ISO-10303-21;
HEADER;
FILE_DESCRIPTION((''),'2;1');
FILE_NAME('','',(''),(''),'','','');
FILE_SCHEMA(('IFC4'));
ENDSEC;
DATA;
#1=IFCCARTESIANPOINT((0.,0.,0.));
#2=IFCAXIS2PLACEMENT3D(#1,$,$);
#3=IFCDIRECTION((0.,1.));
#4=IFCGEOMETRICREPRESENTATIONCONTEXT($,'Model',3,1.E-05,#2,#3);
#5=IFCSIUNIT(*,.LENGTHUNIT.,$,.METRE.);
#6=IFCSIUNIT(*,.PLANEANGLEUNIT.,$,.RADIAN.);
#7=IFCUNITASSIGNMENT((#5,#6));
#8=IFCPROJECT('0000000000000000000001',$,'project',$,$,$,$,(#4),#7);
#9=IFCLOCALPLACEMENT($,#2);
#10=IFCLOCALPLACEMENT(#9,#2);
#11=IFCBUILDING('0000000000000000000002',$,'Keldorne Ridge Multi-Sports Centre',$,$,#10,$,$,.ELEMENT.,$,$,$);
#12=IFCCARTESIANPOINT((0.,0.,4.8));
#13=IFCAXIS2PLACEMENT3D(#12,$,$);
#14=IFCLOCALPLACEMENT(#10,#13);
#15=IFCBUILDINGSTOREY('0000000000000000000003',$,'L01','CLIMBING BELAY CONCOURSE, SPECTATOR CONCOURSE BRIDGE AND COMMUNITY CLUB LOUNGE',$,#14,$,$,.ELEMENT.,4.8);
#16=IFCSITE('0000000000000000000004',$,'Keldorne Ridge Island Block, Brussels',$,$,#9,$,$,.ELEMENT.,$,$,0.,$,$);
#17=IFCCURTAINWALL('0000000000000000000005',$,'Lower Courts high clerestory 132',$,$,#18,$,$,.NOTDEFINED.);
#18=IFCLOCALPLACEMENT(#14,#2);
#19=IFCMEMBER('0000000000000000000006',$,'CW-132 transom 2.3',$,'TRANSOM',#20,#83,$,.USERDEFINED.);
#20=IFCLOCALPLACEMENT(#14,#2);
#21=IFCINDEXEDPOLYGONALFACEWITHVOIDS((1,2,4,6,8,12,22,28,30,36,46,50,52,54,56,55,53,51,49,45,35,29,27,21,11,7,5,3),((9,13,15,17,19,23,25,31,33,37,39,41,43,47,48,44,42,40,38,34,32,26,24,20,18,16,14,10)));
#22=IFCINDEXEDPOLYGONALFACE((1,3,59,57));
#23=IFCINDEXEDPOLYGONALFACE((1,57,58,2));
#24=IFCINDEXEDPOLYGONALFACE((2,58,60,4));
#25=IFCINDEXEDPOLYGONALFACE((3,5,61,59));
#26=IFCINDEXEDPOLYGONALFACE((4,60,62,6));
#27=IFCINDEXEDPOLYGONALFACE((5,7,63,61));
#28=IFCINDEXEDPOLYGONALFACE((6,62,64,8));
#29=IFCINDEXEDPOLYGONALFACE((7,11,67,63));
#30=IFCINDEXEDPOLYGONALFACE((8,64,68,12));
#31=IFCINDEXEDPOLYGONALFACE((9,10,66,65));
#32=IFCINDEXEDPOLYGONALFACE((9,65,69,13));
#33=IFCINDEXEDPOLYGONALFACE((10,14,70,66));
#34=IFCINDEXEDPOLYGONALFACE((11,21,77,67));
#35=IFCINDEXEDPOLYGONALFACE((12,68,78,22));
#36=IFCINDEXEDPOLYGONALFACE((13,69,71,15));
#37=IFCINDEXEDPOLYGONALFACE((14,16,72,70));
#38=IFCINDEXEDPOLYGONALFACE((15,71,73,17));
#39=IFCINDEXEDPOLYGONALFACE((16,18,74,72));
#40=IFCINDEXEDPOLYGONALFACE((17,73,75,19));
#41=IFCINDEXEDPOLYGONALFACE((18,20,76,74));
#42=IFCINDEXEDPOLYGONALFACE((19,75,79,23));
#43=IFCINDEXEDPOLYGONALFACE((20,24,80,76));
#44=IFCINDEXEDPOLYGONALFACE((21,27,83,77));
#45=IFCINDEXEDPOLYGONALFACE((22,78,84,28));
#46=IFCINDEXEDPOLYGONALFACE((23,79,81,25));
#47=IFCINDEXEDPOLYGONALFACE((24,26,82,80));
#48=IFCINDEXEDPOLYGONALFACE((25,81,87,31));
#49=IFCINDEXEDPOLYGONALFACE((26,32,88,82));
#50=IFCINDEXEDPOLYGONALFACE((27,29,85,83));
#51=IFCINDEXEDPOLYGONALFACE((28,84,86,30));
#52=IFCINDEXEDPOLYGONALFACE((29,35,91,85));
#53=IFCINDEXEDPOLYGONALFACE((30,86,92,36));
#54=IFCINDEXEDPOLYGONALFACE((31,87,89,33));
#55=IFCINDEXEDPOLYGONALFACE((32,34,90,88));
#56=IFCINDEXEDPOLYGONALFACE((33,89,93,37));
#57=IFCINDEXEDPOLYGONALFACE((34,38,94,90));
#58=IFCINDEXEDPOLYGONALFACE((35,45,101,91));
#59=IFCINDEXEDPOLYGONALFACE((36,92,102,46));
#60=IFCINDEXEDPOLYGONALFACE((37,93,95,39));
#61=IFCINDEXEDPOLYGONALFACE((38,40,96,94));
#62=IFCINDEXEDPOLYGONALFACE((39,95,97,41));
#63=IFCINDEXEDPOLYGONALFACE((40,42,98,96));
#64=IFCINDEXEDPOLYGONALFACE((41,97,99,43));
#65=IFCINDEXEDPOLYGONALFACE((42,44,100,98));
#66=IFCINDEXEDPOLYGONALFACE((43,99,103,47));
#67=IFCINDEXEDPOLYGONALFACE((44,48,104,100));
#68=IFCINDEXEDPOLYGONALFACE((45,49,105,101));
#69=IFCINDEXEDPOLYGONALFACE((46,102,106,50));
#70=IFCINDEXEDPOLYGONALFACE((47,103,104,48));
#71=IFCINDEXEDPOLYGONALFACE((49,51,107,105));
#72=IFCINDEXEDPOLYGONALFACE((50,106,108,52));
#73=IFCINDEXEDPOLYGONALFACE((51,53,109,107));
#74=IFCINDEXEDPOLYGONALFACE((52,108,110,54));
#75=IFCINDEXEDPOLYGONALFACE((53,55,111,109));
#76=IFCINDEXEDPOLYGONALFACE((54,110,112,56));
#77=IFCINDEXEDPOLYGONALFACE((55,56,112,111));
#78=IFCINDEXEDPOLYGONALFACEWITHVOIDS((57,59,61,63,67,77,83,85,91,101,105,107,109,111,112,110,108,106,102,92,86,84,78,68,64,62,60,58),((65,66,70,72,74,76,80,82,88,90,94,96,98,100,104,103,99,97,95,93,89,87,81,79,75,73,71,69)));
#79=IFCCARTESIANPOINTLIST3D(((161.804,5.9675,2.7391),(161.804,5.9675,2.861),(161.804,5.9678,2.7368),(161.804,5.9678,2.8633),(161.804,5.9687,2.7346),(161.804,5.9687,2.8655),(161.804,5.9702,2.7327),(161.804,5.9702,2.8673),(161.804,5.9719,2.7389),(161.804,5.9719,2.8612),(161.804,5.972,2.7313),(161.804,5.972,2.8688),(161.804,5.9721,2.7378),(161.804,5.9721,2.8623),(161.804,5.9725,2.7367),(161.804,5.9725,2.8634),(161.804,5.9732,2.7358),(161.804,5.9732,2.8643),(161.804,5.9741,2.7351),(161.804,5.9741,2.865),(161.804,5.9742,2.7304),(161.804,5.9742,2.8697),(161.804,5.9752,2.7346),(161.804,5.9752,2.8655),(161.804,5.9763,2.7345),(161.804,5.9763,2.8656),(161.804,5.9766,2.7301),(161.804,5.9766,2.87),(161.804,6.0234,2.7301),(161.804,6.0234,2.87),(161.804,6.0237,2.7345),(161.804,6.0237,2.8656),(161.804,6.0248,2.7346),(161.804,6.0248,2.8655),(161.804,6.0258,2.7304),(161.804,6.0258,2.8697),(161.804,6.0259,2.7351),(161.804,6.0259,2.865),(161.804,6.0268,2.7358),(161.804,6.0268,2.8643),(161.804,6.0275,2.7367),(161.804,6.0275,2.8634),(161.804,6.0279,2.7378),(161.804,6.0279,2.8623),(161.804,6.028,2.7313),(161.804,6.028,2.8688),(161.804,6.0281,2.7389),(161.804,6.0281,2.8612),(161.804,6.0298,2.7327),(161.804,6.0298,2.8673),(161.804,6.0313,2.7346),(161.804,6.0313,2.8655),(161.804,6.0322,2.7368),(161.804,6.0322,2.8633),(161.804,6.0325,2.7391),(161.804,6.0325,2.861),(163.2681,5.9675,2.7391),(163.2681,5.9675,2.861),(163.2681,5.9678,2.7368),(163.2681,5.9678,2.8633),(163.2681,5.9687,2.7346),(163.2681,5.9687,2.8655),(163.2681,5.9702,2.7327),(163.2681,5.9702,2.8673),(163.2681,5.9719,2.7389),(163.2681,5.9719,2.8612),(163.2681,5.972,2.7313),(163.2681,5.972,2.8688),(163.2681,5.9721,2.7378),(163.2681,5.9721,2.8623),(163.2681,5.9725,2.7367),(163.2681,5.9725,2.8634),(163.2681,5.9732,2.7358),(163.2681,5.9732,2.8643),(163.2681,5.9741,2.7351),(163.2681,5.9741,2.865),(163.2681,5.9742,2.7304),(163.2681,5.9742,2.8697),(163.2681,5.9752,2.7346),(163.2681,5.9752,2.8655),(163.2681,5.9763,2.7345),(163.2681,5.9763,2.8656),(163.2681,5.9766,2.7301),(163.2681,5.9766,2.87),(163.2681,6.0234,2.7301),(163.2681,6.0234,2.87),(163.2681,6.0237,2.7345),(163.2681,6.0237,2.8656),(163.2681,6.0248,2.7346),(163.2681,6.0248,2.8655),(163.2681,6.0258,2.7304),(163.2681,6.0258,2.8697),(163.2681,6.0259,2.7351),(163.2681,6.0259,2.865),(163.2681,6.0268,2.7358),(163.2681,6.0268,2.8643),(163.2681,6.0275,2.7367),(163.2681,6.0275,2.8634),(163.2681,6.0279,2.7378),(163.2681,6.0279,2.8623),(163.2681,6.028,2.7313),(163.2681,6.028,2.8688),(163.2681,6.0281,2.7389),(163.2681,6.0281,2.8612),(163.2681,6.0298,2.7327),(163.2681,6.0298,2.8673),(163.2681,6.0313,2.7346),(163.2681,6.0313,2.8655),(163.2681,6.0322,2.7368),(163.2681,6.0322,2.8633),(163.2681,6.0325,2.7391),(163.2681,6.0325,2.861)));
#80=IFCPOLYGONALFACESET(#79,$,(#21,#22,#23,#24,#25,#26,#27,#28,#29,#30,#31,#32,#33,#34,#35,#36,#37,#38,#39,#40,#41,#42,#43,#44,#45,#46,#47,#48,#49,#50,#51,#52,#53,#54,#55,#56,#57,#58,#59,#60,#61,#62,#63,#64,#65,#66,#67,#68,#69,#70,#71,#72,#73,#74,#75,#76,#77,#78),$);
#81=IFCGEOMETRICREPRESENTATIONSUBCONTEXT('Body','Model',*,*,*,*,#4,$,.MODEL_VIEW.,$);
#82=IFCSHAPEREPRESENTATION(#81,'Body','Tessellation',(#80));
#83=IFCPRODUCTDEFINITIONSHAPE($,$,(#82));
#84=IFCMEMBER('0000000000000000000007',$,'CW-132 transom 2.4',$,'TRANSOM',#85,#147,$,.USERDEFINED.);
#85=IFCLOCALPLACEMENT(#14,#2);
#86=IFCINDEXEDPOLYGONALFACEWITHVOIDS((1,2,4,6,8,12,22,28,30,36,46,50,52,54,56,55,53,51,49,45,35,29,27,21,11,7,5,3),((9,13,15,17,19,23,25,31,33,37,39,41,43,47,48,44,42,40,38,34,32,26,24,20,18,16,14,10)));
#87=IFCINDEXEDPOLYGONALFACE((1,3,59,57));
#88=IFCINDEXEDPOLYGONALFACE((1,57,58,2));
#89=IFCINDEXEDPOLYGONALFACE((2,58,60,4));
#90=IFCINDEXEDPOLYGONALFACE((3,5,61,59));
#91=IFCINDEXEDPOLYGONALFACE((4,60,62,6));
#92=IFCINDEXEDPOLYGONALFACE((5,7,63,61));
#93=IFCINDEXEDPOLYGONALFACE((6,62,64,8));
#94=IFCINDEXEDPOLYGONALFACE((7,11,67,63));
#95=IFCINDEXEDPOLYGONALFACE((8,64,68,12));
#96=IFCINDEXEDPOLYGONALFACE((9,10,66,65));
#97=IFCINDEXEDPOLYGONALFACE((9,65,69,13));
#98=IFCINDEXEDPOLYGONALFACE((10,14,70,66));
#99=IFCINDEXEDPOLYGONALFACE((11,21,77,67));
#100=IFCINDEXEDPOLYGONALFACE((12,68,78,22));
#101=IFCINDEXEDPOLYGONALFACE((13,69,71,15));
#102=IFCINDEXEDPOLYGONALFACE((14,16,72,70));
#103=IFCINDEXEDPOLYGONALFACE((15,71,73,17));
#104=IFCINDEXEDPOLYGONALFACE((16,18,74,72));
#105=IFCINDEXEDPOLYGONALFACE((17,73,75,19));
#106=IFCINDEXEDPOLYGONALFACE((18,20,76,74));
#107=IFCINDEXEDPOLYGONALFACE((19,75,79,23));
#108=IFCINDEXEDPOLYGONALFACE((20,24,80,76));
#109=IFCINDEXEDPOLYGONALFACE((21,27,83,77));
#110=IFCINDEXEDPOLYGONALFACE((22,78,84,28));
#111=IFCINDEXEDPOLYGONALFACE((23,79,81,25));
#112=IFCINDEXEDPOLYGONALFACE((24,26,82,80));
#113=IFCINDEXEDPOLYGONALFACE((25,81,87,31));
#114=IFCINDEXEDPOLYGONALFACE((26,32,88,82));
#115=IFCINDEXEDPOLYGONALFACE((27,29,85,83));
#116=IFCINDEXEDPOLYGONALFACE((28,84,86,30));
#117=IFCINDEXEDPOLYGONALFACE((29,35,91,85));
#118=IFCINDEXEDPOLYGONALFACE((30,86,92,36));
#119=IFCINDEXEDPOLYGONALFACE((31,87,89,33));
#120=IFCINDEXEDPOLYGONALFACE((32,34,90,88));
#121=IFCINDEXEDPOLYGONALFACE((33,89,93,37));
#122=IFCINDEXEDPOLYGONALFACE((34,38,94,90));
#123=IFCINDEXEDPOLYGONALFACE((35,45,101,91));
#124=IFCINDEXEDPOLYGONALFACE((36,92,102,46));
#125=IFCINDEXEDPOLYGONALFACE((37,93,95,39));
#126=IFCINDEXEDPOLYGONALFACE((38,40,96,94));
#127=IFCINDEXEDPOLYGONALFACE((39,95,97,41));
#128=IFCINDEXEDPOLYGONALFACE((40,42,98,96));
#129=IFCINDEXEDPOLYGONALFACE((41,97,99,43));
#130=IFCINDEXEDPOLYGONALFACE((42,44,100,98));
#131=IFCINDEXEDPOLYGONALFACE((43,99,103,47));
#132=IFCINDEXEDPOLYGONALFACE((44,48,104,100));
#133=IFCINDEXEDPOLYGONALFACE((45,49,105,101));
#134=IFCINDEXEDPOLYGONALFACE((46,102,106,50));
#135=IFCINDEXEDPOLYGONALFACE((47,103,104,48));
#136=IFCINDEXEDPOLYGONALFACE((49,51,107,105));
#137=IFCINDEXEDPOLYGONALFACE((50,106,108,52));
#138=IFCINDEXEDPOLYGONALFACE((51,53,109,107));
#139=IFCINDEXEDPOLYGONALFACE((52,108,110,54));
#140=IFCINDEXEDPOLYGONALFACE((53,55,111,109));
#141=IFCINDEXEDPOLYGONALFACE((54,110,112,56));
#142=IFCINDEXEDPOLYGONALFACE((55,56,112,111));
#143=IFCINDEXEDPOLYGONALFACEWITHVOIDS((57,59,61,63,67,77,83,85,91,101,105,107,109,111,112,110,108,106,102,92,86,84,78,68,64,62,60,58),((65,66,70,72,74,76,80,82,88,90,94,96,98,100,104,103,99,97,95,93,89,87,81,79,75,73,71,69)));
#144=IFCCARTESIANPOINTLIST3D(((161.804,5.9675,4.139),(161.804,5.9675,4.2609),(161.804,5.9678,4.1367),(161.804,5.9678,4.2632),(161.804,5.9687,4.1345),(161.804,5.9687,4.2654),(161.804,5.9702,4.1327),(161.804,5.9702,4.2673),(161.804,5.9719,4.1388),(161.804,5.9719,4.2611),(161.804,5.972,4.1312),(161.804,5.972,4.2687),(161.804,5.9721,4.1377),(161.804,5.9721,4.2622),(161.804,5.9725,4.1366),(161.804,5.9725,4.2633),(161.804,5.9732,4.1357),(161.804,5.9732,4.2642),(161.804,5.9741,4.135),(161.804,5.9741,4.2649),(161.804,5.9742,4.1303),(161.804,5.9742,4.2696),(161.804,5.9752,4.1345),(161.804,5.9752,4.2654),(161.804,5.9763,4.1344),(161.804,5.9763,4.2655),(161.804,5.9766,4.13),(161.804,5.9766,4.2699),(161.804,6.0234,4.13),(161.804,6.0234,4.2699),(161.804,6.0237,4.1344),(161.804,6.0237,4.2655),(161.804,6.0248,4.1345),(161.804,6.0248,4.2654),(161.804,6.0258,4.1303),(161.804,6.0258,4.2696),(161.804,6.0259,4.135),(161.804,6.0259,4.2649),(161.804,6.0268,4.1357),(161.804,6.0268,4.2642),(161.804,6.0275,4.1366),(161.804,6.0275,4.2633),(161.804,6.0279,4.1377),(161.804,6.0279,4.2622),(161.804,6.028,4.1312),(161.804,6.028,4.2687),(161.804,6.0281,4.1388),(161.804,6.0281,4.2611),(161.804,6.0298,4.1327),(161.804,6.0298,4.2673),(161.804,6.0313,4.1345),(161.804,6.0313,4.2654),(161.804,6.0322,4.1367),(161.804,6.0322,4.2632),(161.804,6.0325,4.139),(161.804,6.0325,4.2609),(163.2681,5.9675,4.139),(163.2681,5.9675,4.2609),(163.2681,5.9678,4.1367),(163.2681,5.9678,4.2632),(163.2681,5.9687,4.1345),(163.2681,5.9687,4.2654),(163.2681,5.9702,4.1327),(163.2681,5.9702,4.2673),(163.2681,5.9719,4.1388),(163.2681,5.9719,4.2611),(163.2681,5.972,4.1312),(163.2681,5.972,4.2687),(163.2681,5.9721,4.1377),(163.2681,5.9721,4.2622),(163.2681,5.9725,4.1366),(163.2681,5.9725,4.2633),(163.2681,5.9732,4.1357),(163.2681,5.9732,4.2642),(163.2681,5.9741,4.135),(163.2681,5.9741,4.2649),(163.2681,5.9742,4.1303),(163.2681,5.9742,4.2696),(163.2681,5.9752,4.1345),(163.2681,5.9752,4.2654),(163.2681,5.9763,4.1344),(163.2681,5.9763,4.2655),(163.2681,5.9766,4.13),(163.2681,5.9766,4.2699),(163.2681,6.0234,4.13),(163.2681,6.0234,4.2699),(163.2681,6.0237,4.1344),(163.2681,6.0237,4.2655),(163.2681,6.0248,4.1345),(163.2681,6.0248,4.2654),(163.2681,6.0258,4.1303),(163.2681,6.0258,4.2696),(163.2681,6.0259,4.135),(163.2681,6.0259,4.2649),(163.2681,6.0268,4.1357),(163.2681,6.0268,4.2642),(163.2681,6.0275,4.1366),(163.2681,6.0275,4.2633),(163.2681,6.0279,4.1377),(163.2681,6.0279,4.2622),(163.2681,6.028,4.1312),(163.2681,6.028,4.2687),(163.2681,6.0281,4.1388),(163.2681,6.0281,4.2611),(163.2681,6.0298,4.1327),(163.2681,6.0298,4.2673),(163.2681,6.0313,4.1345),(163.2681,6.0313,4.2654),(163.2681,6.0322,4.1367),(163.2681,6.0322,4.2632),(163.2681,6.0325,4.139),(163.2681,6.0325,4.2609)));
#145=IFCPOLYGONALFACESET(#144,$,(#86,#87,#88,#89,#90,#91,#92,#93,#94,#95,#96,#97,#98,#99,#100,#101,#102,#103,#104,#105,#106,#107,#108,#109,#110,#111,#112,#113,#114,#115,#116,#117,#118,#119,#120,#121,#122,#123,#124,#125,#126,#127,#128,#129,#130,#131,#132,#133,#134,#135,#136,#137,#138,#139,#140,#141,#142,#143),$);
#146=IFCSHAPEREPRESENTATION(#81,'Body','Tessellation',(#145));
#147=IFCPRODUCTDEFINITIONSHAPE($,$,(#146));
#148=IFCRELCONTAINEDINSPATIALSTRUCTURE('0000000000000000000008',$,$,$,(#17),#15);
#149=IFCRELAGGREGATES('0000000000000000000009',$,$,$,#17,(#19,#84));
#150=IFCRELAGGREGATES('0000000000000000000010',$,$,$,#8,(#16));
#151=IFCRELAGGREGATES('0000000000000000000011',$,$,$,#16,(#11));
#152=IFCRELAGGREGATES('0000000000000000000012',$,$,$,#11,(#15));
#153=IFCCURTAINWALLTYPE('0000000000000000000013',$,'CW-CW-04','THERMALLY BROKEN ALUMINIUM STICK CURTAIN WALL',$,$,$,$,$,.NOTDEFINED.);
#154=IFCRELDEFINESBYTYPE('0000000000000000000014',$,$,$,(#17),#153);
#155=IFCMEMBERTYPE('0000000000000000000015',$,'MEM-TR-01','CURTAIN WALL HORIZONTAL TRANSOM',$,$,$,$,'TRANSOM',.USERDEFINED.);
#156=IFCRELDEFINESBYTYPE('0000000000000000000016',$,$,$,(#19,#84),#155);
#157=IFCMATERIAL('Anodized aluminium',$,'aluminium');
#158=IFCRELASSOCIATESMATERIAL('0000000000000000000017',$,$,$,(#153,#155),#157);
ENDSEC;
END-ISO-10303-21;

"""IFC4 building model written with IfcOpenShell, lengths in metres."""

from ifc_helpers import new_model, si_unit, direction, frame, origin, origin_2d, place, context, subcontext, project, spatial, hollow_rectangle, extrude, material, material_profile, profile_set, type_object, element, aggregate, save


model = new_model("IFC4")

# Units and contexts
model_context = context("Model", 3, precision=1e-05, world=origin(), true_north=direction((0.0, 1.0)))
body_context = subcontext(model_context, "Body", "Model", "MODEL_VIEW")
ifc_project = project(units=[si_unit("LENGTHUNIT", "METRE"), si_unit("PLANEANGLEUNIT", "RADIAN")], contexts=[model_context])

# Site, building, storey
site_placement = place(None, origin())
site = spatial("IfcSite", under=ifc_project, at=site_placement, Name="Keldorne Ridge Island Block, Brussels", CompositionType="ELEMENT", RefElevation=0.0)
building_placement = place(site_placement, origin())
building = spatial("IfcBuilding", under=site, at=building_placement, Name="Keldorne Ridge Multi-Sports Centre", CompositionType="ELEMENT")
storey_placement = place(building_placement, frame((0.0, 0.0, 4.8)))
storey = spatial("IfcBuildingStorey", under=building, at=storey_placement, Name="L01", Description="CLIMBING BELAY CONCOURSE, SPECTATOR CONCOURSE BRIDGE AND COMMUNITY CLUB LOUNGE", CompositionType="ELEMENT", Elevation=4.8)

# Curtain wall, members
ifc_material_1 = material(Name="Anodized aluminium", Category="aluminium")
curtain_wall_type = type_object("IfcCurtainWallType", Name="CW-CW-04", Description="THERMALLY BROKEN ALUMINIUM STICK CURTAIN WALL", PredefinedType="NOTDEFINED", material=ifc_material_1)
curtain_wall_placement = place(storey_placement, origin())
curtain_wall = element("IfcCurtainWall", 1, at=curtain_wall_placement, inside=storey, type_object=curtain_wall_type, Name="Lower Courts high clerestory 132", PredefinedType="NOTDEFINED")
ifc_material_profile_1 = material_profile(ifc_material_1, hollow_rectangle(XDim=0.0649, YDim=0.1399, WallThickness=0.0044, InnerFilletRadius=0.0044, OuterFilletRadius=0.009, at=origin_2d()), Name="ALU TRANSOM 140x65x4.5")
ifc_profile_set_1 = profile_set([ifc_material_profile_1], Name="Anodized aluminium")
member_type_1 = type_object("IfcMemberType", Name="MEM-TR-01", Description="CURTAIN WALL HORIZONTAL TRANSOM", ElementType="TRANSOM", PredefinedType="USERDEFINED", material=ifc_profile_set_1)
member_1_placement = place(storey_placement, frame((161.804, 6.0, 2.8), z_axis=(1.0, 0.0, 0.0), x_axis=(0.0, 1.0, 0.0)))
member_1 = element("IfcMember", 2, at=member_1_placement, type_object=member_type_1, Name="CW-132 transom 2.3", ObjectType="TRANSOM", PredefinedType="USERDEFINED", context=body_context, shape_type="SweptSolid", body=[
    extrude(hollow_rectangle(XDim=0.0649, YDim=0.1399, WallThickness=0.0044, InnerFilletRadius=0.0044, OuterFilletRadius=0.009, at=origin_2d()), origin(), (0.0, 0.0, 1.0), 1.4641),
])
member_2_placement = place(storey_placement, frame((161.804, 6.0, 4.2), z_axis=(1.0, 0.0, 0.0), x_axis=(0.0, 1.0, 0.0)))
member_2 = element("IfcMember", 3, at=member_2_placement, type_object=member_type_1, Name="CW-132 transom 2.4", ObjectType="TRANSOM", PredefinedType="USERDEFINED", context=body_context, shape_type="SweptSolid", body=[
    extrude(hollow_rectangle(XDim=0.0649, YDim=0.1399, WallThickness=0.0044, InnerFilletRadius=0.0044, OuterFilletRadius=0.009, at=origin_2d()), origin(), (0.0, 0.0, 1.0), 1.4641),
])
aggregate(curtain_wall, [member_1, member_2])

save(model, "model.ifc")
